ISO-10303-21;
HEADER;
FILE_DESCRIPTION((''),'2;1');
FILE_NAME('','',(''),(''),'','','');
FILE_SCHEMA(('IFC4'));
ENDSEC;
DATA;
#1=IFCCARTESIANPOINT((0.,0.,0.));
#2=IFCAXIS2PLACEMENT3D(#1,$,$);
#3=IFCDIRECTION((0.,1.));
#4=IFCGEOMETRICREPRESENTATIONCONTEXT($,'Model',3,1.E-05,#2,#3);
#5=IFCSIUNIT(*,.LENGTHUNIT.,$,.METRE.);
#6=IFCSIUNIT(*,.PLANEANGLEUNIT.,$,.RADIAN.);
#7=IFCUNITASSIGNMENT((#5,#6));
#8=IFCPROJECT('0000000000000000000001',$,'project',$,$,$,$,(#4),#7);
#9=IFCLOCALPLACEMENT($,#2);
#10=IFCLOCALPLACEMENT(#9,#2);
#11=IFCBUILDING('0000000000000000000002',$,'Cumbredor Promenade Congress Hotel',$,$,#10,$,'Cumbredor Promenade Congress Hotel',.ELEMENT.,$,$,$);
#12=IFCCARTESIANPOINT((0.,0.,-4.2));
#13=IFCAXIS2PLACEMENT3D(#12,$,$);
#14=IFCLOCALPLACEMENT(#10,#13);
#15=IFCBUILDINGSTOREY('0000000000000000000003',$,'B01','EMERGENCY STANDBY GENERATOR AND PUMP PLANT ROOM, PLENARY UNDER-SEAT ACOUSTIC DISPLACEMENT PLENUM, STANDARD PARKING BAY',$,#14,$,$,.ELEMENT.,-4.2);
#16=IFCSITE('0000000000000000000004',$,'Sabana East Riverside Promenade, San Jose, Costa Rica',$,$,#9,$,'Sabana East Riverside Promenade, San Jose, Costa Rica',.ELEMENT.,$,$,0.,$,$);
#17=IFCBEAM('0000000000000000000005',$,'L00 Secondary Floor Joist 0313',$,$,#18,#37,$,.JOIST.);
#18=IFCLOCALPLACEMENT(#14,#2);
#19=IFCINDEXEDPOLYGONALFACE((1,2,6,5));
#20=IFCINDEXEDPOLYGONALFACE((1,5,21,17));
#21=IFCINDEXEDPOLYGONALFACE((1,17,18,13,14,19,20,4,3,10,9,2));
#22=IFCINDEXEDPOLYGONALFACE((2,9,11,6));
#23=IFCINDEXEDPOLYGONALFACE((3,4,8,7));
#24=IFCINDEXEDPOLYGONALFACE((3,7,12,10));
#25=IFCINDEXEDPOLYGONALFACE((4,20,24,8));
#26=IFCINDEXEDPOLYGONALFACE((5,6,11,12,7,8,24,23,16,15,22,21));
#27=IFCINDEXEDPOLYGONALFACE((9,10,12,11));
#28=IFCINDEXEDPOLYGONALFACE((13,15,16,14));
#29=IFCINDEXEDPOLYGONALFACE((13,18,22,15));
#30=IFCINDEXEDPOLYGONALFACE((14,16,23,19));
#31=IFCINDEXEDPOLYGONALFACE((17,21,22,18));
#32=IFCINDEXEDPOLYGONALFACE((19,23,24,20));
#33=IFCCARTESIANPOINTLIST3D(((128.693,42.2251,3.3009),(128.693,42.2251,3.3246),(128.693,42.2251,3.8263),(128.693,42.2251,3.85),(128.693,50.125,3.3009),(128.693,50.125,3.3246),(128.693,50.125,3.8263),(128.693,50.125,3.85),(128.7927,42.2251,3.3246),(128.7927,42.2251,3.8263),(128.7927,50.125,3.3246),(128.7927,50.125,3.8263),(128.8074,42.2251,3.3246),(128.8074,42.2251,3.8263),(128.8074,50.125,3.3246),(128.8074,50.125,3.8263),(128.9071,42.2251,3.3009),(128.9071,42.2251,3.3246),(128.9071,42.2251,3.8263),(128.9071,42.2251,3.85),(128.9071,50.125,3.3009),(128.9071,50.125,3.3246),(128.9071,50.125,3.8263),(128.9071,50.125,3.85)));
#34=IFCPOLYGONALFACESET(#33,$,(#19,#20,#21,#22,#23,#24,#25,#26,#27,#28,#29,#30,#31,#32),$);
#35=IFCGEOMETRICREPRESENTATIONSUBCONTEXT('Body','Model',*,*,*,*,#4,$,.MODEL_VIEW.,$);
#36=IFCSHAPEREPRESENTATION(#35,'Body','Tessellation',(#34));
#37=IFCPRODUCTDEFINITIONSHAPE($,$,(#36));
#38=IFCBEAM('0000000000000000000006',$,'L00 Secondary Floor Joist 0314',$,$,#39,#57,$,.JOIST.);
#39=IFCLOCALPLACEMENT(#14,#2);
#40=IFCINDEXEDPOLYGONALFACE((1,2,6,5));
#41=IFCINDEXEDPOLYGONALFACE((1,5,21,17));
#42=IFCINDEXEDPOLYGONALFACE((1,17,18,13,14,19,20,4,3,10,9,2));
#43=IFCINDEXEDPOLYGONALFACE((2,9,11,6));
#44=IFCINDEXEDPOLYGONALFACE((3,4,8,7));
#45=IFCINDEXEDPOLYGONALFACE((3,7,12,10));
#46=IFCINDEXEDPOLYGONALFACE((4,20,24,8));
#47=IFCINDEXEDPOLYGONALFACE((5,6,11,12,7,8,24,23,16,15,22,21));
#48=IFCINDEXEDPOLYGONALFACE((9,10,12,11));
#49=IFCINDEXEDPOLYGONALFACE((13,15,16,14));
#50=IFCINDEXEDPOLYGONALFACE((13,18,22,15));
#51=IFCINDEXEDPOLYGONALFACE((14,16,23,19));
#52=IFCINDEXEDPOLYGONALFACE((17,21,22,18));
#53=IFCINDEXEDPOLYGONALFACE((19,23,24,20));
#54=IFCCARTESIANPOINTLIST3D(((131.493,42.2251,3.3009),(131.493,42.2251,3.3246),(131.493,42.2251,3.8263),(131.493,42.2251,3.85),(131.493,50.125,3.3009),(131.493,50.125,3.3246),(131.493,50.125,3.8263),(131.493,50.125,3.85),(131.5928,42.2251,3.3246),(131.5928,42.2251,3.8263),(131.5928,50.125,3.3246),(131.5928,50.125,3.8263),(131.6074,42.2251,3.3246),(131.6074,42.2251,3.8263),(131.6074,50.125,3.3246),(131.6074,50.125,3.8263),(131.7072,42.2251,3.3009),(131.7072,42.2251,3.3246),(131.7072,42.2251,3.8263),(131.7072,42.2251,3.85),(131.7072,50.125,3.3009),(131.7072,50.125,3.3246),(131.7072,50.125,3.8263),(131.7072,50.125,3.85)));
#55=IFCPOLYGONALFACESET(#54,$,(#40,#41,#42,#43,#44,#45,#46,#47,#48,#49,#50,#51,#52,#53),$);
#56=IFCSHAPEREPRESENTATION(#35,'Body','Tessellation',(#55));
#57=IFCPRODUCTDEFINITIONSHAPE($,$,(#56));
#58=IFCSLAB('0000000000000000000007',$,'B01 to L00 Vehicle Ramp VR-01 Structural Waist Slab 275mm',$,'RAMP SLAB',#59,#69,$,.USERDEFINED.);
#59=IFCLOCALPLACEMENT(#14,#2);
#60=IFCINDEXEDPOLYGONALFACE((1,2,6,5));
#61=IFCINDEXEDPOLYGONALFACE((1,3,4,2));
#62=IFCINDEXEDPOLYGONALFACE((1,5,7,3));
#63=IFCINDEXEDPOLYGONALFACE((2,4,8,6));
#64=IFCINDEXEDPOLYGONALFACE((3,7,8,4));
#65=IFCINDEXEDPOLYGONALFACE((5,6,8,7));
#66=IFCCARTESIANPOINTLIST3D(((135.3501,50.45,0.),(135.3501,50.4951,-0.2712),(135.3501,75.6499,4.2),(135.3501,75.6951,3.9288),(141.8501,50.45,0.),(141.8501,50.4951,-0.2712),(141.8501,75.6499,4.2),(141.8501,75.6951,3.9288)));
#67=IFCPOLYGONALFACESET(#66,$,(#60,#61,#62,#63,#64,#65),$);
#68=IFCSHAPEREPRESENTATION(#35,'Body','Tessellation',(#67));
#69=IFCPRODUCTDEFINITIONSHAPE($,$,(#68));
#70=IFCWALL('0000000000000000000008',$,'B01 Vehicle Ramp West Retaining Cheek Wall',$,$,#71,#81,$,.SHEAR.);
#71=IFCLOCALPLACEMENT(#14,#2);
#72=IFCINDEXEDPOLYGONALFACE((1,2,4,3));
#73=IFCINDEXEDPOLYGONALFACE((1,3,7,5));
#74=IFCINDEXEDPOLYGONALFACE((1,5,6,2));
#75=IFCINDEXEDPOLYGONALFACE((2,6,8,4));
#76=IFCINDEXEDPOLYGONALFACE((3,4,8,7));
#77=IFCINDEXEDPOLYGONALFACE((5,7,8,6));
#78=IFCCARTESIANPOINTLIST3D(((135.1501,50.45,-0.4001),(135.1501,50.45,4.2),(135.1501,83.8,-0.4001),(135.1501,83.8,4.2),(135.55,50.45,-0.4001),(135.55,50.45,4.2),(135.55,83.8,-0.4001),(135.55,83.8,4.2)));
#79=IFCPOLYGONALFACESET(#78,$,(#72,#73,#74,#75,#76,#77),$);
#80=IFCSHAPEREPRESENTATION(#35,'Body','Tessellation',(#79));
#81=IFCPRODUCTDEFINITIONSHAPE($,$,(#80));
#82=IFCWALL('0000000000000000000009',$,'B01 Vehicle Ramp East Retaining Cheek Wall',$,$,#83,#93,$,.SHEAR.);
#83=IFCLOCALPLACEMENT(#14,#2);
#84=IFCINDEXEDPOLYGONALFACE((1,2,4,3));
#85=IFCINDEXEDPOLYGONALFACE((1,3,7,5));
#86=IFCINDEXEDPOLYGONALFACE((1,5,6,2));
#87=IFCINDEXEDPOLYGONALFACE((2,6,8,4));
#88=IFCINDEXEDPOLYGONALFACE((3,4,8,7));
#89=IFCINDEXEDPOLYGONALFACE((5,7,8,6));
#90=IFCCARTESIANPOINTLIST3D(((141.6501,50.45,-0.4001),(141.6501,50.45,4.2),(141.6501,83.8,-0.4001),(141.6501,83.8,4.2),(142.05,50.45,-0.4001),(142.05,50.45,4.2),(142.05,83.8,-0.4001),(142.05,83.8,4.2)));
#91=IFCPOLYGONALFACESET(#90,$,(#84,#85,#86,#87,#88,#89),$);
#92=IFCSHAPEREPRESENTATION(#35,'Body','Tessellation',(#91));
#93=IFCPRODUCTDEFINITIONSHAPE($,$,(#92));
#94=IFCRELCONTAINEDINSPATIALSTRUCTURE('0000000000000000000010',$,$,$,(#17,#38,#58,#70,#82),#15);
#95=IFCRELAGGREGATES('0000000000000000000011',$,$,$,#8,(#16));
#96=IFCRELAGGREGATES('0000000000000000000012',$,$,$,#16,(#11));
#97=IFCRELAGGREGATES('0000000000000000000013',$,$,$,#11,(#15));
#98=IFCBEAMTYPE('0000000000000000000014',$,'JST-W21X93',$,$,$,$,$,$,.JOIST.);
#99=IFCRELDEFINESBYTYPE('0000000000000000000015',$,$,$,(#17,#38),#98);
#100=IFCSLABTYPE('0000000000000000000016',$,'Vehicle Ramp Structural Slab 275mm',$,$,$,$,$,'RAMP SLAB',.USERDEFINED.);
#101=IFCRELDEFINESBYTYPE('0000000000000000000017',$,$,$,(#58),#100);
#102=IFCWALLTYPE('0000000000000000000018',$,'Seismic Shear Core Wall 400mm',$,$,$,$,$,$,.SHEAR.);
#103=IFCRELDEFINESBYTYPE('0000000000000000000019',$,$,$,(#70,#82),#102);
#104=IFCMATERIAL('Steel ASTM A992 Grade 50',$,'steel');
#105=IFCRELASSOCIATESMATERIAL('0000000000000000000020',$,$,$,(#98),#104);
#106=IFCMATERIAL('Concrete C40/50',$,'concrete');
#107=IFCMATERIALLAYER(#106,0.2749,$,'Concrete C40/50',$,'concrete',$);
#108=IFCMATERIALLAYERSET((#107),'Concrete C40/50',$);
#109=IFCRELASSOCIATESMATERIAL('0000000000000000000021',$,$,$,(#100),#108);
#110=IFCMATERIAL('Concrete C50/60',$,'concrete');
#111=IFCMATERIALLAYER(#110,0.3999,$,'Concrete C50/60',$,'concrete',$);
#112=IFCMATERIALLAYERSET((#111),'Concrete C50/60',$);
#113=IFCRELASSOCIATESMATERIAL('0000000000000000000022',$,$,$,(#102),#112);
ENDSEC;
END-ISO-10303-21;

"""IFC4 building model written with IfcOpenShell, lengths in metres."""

from ifc_helpers import new_model, si_unit, direction, frame, frame_2d, origin, origin_2d, place, context, subcontext, project, spatial, polyline, rectangle, i_section, outline, extrude, material, layer, layer_set, material_profile, profile_set, type_object, element, save


model = new_model("IFC4")

# Units and contexts
model_context = context("Model", 3, precision=1e-05, world=origin(), true_north=direction((0.0, 1.0)))
body_context = subcontext(model_context, "Body", "Model", "MODEL_VIEW")
ifc_project = project(units=[si_unit("LENGTHUNIT", "METRE"), si_unit("PLANEANGLEUNIT", "RADIAN")], contexts=[model_context])

# Site, building, storey
site_placement = place(None, origin())
site = spatial("IfcSite", under=ifc_project, at=site_placement, Name="Sabana East Riverside Promenade, San Jose, Costa Rica", LongName="Sabana East Riverside Promenade, San Jose, Costa Rica", CompositionType="ELEMENT", RefElevation=0.0)
building_placement = place(site_placement, origin())
building = spatial("IfcBuilding", under=site, at=building_placement, Name="Cumbredor Promenade Congress Hotel", LongName="Cumbredor Promenade Congress Hotel", CompositionType="ELEMENT")
storey_placement = place(building_placement, frame((0.0, 0.0, -4.2)))
storey = spatial("IfcBuildingStorey", under=building, at=storey_placement, Name="B01", Description="EMERGENCY STANDBY GENERATOR AND PUMP PLANT ROOM, PLENARY UNDER-SEAT ACOUSTIC DISPLACEMENT PLENUM, STANDARD PARKING BAY", CompositionType="ELEMENT", Elevation=-4.2)

# Shared definitions
ifc_material_1 = material(Name="Concrete C50/60", Category="concrete")

# Beams
ifc_material_2 = material(Name="Concrete C40/50", Category="concrete")
ifc_material_3 = material(Name="Steel ASTM A992 Grade 50", Category="steel")
ifc_material_profile_1 = material_profile(ifc_material_3, i_section(OverallWidth=0.2141, OverallDepth=0.5491, WebThickness=0.0146, FlangeThickness=0.0237, at=origin_2d()), Name="W21X93")
ifc_profile_set_1 = profile_set([ifc_material_profile_1], Name="Steel ASTM A992 Grade 50")
beam_type_1 = type_object("IfcBeamType", Name="JST-W21X93", PredefinedType="JOIST", material=ifc_profile_set_1)
for number, where, z_axis, x_axis, name in (
    (1, (128.8, 42.2251, 3.5754), (0.0, 1.0, 0.0), (-1.0, 0.0, 0.0), "L00 Secondary Floor Joist 0313"),
    (2, (131.6001, 42.2251, 3.5754), (0.0, 1.0, 0.0), (-1.0, 0.0, 0.0), "L00 Secondary Floor Joist 0314"),
):
    element("IfcBeam", number, at=place(storey_placement, frame(where, z_axis=z_axis, x_axis=x_axis)), inside=storey, type_object=beam_type_1, Name=name, PredefinedType="JOIST", context=body_context, shape_type="SweptSolid", body=[
        extrude(i_section(OverallWidth=0.2141, OverallDepth=0.5491, WebThickness=0.0146, FlangeThickness=0.0237, at=origin_2d()), origin(), (0.0, 0.0, 1.0), 7.8999),
    ])

# Slab
ifc_layer_1 = layer(ifc_material_2, 0.2749, Name="Concrete C40/50", Category="concrete")
ifc_layer_set_1 = layer_set([ifc_layer_1], Name="Concrete C40/50")
slab_type = type_object("IfcSlabType", Name="Vehicle Ramp Structural Slab 275mm", ElementType="RAMP SLAB", PredefinedType="USERDEFINED", material=ifc_layer_set_1)
slab_placement = place(storey_placement, frame((135.3501, 50.45, 0.0), z_axis=(0.0, -0.164397, 0.986394), x_axis=(1.0, 0.0, 0.0)))
element("IfcSlab", 3, at=slab_placement, inside=storey, type_object=slab_type, Name="B01 to L00 Vehicle Ramp VR-01 Structural Waist Slab 275mm", ObjectType="RAMP SLAB", PredefinedType="USERDEFINED", context=body_context, shape_type="SweptSolid", body=[
    extrude(outline(polyline([(0.0, 0.0), (6.5, 0.0), (6.5, 25.5475), (0.0, 25.5475), (0.0, 0.0)])), origin(), (0.0, 0.0, -1.0), 0.2749),
])

# Walls
ifc_layer_2 = layer(ifc_material_1, 0.3999, Name="Concrete C50/60", Category="concrete")
ifc_layer_set_2 = layer_set([ifc_layer_2], Name="Concrete C50/60")
wall_type = type_object("IfcWallType", Name="Seismic Shear Core Wall 400mm", PredefinedType="SHEAR", material=ifc_layer_set_2)
for number, where, z_axis, x_axis, name in (
    (4, (135.3501, 50.45, -0.4001), (0.0, 0.0, 1.0), (0.0, 1.0, 0.0), "B01 Vehicle Ramp West Retaining Cheek Wall"),
    (5, (141.8501, 50.45, -0.4001), (0.0, 0.0, 1.0), (0.0, 1.0, 0.0), "B01 Vehicle Ramp East Retaining Cheek Wall"),
):
    element("IfcWall", number, at=place(storey_placement, frame(where, z_axis=z_axis, x_axis=x_axis)), inside=storey, type_object=wall_type, Name=name, PredefinedType="SHEAR", context=body_context, shape_type="SweptSolid", body=[
        extrude(rectangle(XDim=33.3501, YDim=0.3999, at=frame_2d((16.675, 0.0))), origin(), (0.0, 0.0, 1.0), 4.6001),
    ])

save(model, "model.ifc")
